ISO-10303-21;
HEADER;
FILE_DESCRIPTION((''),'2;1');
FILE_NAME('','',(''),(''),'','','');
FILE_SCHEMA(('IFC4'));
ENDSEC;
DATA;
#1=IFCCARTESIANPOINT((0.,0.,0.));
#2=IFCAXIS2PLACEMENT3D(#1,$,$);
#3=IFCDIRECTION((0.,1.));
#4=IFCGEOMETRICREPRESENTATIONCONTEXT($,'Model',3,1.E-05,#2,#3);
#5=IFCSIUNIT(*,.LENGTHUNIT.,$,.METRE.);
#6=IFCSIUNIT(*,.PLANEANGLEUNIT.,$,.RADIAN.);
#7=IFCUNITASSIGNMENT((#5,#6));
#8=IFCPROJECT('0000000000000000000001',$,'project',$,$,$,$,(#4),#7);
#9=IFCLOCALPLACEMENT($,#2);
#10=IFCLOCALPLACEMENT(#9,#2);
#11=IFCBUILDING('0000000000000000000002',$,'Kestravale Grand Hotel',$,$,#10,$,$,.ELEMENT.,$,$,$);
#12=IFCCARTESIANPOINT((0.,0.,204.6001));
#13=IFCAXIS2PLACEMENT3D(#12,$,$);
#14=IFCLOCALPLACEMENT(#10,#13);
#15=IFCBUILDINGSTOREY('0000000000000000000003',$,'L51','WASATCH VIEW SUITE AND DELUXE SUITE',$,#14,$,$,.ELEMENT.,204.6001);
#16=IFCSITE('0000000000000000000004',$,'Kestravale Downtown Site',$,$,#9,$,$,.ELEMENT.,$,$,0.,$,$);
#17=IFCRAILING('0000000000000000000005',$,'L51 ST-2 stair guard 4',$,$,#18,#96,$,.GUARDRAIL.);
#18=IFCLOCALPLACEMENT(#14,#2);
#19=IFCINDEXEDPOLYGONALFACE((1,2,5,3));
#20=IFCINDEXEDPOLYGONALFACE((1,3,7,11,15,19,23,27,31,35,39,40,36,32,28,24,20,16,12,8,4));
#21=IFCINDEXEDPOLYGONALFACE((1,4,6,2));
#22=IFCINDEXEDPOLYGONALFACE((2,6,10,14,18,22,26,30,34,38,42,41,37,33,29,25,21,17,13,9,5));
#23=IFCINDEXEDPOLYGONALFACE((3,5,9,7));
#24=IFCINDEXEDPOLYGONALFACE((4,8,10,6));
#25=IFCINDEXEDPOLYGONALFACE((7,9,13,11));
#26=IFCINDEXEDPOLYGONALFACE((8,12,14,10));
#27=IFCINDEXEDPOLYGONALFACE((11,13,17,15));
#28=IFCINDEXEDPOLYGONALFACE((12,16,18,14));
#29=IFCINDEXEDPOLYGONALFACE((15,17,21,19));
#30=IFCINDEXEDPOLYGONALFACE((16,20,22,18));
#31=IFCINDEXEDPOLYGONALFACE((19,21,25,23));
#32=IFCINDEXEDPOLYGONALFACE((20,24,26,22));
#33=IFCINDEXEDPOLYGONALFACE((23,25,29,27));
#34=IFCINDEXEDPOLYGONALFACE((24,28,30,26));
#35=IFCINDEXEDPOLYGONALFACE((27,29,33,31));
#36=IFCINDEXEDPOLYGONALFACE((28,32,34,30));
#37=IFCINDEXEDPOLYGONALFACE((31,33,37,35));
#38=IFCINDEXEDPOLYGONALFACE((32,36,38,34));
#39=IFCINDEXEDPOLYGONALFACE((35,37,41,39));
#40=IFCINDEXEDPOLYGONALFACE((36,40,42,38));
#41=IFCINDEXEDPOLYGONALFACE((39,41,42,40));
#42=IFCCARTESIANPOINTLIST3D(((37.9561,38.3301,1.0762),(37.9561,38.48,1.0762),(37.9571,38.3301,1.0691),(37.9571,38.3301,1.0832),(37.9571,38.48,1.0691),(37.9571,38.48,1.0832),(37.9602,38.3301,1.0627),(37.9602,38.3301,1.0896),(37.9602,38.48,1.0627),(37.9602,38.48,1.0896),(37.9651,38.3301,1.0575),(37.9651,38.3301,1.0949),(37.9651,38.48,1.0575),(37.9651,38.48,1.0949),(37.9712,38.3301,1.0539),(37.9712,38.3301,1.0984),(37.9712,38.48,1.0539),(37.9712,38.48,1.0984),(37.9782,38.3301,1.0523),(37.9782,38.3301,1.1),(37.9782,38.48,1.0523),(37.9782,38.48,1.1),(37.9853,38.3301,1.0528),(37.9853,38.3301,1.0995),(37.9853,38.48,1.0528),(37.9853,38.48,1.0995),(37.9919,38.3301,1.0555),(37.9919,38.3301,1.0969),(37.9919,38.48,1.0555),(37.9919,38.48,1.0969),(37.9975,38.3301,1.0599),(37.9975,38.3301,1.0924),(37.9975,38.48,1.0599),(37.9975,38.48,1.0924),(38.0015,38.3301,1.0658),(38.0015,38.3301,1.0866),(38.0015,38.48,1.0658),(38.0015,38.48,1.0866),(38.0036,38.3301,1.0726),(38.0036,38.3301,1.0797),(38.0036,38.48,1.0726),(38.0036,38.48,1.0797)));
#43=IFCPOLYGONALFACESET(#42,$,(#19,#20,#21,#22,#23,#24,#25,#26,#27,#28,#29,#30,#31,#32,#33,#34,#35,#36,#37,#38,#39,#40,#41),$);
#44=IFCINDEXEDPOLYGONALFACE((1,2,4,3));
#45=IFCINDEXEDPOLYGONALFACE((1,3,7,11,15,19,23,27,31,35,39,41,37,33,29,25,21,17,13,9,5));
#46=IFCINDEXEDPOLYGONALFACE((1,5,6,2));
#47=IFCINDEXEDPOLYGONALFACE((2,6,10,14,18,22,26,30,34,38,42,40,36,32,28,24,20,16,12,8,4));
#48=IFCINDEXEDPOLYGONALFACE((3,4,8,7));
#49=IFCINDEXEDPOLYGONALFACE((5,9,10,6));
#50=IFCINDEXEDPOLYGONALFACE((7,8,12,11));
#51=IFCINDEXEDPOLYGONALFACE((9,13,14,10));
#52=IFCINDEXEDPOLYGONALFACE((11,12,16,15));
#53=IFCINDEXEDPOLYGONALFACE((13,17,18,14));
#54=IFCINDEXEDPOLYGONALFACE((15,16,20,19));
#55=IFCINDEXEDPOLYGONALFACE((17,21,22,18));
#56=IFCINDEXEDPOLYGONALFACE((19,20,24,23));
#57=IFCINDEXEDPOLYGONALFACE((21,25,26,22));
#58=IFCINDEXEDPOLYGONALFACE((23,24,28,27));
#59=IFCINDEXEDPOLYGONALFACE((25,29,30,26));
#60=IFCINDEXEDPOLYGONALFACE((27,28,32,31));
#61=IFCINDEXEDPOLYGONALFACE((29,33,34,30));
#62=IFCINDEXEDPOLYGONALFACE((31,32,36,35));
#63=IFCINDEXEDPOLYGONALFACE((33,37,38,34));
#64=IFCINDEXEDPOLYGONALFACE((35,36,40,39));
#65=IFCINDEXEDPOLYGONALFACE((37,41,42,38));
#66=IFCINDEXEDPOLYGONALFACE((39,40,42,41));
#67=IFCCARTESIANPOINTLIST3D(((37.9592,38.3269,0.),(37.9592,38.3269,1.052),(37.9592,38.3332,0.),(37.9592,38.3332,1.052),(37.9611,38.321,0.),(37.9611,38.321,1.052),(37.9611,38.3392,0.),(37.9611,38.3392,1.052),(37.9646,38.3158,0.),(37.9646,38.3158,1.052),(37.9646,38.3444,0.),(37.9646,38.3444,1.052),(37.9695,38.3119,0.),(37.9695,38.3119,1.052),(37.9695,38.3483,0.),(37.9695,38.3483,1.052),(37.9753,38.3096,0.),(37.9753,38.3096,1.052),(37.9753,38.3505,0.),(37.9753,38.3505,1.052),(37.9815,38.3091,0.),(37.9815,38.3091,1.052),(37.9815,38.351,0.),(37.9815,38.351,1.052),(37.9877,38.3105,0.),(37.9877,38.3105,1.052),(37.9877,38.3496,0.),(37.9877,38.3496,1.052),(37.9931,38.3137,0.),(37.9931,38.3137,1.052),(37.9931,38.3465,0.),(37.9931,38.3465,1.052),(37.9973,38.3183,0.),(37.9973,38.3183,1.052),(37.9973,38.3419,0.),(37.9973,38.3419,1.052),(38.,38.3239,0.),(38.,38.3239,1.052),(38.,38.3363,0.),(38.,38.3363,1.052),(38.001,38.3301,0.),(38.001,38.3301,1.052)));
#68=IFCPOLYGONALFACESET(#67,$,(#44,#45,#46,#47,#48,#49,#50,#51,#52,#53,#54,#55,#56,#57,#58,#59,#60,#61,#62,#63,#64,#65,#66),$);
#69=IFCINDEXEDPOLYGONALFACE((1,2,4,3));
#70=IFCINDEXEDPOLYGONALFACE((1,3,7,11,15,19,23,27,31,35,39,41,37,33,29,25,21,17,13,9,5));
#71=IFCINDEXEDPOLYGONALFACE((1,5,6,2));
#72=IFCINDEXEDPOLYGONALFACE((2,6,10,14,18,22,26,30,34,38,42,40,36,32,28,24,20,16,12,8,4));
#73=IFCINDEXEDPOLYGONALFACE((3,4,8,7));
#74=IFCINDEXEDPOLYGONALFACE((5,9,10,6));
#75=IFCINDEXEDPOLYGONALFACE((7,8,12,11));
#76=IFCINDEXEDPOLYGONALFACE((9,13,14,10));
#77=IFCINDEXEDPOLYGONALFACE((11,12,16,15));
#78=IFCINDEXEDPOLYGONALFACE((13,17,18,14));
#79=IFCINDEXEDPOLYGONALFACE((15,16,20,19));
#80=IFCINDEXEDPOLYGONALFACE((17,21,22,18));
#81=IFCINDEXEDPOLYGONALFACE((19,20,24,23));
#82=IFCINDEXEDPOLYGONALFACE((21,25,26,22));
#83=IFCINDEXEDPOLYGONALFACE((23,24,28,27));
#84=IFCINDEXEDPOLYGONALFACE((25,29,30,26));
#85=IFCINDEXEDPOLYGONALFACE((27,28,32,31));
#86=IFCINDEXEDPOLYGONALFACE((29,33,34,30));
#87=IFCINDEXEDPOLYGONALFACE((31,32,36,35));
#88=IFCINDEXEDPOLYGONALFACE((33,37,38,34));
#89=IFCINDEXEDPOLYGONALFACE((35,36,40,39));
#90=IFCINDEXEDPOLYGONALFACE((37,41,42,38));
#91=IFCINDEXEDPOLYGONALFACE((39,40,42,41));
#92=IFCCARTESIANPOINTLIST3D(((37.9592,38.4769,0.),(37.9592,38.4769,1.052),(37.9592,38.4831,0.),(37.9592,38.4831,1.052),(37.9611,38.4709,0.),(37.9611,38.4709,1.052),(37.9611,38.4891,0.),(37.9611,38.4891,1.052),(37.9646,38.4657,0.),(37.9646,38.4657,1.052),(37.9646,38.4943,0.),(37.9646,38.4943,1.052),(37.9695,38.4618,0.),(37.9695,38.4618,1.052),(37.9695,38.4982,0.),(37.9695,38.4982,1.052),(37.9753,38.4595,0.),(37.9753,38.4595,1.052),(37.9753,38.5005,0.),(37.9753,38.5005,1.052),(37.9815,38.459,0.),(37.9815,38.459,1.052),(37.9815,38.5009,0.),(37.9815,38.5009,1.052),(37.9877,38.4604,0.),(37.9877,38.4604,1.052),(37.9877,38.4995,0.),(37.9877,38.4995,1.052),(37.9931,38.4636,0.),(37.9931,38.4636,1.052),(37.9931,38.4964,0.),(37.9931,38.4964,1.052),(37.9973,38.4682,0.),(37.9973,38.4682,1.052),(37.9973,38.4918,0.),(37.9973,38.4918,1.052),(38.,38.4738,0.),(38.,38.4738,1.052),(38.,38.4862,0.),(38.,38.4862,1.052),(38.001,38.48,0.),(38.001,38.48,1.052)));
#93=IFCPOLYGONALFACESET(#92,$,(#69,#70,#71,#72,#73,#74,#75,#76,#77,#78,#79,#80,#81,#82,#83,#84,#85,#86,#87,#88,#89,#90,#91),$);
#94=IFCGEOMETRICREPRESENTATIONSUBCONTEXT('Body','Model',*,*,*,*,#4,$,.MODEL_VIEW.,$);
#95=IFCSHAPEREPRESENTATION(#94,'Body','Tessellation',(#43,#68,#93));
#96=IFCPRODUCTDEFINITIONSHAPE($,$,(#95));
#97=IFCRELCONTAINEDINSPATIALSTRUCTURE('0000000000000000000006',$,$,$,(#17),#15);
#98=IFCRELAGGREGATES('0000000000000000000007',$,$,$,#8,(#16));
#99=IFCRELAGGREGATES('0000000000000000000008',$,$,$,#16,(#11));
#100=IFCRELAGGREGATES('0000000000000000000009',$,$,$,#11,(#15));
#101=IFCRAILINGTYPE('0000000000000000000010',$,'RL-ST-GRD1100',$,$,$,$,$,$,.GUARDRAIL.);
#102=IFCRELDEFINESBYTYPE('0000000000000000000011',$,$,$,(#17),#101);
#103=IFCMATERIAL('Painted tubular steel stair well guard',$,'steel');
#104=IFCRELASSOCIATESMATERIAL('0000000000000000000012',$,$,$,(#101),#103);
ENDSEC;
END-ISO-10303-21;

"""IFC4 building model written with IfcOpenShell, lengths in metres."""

from ifc_helpers import new_model, si_unit, direction, frame, origin, origin_2d, place, context, subcontext, project, spatial, circle, extrude, material, type_object, element, save


model = new_model("IFC4")

# Units and contexts
model_context = context("Model", 3, precision=1e-05, world=origin(), true_north=direction((0.0, 1.0)))
body_context = subcontext(model_context, "Body", "Model", "MODEL_VIEW")
ifc_project = project(units=[si_unit("LENGTHUNIT", "METRE"), si_unit("PLANEANGLEUNIT", "RADIAN")], contexts=[model_context])

# Site, building, storey
site_placement = place(None, origin())
site = spatial("IfcSite", under=ifc_project, at=site_placement, Name="Kestravale Downtown Site", CompositionType="ELEMENT", RefElevation=0.0)
building_placement = place(site_placement, origin())
building = spatial("IfcBuilding", under=site, at=building_placement, Name="Kestravale Grand Hotel", CompositionType="ELEMENT")
storey_placement = place(building_placement, frame((0.0, 0.0, 204.6001)))
storey = spatial("IfcBuildingStorey", under=building, at=storey_placement, Name="L51", Description="WASATCH VIEW SUITE AND DELUXE SUITE", CompositionType="ELEMENT", Elevation=204.6001)

# Railing
ifc_material_1 = material(Name="Painted tubular steel stair well guard", Category="steel")
railing_type_1 = type_object("IfcRailingType", Name="RL-ST-GRD1100", PredefinedType="GUARDRAIL", material=ifc_material_1)
railing_1_placement = place(storey_placement, frame((37.98, 38.3301, 0.0)))
element("IfcRailing", 1, at=railing_1_placement, inside=storey, type_object=railing_type_1, Name="L51 ST-2 stair guard 4", PredefinedType="GUARDRAIL", context=body_context, shape_type="SweptSolid", body=[
    extrude(circle(Radius=0.0239, at=origin_2d()), frame((0.0, 0.0, 1.0762), z_axis=(0.0, 1.0, 0.0), x_axis=(-1.0, 0.0, 0.0)), (0.0, 0.0, 1.0), 0.1499),
    extrude(circle(Radius=0.021, at=origin_2d()), origin(), (0.0, 0.0, 1.0), 1.052),
    extrude(circle(Radius=0.021, at=origin_2d()), frame((0.0, 0.1499, 0.0)), (0.0, 0.0, 1.0), 1.052),
])

save(model, "model.ifc")
